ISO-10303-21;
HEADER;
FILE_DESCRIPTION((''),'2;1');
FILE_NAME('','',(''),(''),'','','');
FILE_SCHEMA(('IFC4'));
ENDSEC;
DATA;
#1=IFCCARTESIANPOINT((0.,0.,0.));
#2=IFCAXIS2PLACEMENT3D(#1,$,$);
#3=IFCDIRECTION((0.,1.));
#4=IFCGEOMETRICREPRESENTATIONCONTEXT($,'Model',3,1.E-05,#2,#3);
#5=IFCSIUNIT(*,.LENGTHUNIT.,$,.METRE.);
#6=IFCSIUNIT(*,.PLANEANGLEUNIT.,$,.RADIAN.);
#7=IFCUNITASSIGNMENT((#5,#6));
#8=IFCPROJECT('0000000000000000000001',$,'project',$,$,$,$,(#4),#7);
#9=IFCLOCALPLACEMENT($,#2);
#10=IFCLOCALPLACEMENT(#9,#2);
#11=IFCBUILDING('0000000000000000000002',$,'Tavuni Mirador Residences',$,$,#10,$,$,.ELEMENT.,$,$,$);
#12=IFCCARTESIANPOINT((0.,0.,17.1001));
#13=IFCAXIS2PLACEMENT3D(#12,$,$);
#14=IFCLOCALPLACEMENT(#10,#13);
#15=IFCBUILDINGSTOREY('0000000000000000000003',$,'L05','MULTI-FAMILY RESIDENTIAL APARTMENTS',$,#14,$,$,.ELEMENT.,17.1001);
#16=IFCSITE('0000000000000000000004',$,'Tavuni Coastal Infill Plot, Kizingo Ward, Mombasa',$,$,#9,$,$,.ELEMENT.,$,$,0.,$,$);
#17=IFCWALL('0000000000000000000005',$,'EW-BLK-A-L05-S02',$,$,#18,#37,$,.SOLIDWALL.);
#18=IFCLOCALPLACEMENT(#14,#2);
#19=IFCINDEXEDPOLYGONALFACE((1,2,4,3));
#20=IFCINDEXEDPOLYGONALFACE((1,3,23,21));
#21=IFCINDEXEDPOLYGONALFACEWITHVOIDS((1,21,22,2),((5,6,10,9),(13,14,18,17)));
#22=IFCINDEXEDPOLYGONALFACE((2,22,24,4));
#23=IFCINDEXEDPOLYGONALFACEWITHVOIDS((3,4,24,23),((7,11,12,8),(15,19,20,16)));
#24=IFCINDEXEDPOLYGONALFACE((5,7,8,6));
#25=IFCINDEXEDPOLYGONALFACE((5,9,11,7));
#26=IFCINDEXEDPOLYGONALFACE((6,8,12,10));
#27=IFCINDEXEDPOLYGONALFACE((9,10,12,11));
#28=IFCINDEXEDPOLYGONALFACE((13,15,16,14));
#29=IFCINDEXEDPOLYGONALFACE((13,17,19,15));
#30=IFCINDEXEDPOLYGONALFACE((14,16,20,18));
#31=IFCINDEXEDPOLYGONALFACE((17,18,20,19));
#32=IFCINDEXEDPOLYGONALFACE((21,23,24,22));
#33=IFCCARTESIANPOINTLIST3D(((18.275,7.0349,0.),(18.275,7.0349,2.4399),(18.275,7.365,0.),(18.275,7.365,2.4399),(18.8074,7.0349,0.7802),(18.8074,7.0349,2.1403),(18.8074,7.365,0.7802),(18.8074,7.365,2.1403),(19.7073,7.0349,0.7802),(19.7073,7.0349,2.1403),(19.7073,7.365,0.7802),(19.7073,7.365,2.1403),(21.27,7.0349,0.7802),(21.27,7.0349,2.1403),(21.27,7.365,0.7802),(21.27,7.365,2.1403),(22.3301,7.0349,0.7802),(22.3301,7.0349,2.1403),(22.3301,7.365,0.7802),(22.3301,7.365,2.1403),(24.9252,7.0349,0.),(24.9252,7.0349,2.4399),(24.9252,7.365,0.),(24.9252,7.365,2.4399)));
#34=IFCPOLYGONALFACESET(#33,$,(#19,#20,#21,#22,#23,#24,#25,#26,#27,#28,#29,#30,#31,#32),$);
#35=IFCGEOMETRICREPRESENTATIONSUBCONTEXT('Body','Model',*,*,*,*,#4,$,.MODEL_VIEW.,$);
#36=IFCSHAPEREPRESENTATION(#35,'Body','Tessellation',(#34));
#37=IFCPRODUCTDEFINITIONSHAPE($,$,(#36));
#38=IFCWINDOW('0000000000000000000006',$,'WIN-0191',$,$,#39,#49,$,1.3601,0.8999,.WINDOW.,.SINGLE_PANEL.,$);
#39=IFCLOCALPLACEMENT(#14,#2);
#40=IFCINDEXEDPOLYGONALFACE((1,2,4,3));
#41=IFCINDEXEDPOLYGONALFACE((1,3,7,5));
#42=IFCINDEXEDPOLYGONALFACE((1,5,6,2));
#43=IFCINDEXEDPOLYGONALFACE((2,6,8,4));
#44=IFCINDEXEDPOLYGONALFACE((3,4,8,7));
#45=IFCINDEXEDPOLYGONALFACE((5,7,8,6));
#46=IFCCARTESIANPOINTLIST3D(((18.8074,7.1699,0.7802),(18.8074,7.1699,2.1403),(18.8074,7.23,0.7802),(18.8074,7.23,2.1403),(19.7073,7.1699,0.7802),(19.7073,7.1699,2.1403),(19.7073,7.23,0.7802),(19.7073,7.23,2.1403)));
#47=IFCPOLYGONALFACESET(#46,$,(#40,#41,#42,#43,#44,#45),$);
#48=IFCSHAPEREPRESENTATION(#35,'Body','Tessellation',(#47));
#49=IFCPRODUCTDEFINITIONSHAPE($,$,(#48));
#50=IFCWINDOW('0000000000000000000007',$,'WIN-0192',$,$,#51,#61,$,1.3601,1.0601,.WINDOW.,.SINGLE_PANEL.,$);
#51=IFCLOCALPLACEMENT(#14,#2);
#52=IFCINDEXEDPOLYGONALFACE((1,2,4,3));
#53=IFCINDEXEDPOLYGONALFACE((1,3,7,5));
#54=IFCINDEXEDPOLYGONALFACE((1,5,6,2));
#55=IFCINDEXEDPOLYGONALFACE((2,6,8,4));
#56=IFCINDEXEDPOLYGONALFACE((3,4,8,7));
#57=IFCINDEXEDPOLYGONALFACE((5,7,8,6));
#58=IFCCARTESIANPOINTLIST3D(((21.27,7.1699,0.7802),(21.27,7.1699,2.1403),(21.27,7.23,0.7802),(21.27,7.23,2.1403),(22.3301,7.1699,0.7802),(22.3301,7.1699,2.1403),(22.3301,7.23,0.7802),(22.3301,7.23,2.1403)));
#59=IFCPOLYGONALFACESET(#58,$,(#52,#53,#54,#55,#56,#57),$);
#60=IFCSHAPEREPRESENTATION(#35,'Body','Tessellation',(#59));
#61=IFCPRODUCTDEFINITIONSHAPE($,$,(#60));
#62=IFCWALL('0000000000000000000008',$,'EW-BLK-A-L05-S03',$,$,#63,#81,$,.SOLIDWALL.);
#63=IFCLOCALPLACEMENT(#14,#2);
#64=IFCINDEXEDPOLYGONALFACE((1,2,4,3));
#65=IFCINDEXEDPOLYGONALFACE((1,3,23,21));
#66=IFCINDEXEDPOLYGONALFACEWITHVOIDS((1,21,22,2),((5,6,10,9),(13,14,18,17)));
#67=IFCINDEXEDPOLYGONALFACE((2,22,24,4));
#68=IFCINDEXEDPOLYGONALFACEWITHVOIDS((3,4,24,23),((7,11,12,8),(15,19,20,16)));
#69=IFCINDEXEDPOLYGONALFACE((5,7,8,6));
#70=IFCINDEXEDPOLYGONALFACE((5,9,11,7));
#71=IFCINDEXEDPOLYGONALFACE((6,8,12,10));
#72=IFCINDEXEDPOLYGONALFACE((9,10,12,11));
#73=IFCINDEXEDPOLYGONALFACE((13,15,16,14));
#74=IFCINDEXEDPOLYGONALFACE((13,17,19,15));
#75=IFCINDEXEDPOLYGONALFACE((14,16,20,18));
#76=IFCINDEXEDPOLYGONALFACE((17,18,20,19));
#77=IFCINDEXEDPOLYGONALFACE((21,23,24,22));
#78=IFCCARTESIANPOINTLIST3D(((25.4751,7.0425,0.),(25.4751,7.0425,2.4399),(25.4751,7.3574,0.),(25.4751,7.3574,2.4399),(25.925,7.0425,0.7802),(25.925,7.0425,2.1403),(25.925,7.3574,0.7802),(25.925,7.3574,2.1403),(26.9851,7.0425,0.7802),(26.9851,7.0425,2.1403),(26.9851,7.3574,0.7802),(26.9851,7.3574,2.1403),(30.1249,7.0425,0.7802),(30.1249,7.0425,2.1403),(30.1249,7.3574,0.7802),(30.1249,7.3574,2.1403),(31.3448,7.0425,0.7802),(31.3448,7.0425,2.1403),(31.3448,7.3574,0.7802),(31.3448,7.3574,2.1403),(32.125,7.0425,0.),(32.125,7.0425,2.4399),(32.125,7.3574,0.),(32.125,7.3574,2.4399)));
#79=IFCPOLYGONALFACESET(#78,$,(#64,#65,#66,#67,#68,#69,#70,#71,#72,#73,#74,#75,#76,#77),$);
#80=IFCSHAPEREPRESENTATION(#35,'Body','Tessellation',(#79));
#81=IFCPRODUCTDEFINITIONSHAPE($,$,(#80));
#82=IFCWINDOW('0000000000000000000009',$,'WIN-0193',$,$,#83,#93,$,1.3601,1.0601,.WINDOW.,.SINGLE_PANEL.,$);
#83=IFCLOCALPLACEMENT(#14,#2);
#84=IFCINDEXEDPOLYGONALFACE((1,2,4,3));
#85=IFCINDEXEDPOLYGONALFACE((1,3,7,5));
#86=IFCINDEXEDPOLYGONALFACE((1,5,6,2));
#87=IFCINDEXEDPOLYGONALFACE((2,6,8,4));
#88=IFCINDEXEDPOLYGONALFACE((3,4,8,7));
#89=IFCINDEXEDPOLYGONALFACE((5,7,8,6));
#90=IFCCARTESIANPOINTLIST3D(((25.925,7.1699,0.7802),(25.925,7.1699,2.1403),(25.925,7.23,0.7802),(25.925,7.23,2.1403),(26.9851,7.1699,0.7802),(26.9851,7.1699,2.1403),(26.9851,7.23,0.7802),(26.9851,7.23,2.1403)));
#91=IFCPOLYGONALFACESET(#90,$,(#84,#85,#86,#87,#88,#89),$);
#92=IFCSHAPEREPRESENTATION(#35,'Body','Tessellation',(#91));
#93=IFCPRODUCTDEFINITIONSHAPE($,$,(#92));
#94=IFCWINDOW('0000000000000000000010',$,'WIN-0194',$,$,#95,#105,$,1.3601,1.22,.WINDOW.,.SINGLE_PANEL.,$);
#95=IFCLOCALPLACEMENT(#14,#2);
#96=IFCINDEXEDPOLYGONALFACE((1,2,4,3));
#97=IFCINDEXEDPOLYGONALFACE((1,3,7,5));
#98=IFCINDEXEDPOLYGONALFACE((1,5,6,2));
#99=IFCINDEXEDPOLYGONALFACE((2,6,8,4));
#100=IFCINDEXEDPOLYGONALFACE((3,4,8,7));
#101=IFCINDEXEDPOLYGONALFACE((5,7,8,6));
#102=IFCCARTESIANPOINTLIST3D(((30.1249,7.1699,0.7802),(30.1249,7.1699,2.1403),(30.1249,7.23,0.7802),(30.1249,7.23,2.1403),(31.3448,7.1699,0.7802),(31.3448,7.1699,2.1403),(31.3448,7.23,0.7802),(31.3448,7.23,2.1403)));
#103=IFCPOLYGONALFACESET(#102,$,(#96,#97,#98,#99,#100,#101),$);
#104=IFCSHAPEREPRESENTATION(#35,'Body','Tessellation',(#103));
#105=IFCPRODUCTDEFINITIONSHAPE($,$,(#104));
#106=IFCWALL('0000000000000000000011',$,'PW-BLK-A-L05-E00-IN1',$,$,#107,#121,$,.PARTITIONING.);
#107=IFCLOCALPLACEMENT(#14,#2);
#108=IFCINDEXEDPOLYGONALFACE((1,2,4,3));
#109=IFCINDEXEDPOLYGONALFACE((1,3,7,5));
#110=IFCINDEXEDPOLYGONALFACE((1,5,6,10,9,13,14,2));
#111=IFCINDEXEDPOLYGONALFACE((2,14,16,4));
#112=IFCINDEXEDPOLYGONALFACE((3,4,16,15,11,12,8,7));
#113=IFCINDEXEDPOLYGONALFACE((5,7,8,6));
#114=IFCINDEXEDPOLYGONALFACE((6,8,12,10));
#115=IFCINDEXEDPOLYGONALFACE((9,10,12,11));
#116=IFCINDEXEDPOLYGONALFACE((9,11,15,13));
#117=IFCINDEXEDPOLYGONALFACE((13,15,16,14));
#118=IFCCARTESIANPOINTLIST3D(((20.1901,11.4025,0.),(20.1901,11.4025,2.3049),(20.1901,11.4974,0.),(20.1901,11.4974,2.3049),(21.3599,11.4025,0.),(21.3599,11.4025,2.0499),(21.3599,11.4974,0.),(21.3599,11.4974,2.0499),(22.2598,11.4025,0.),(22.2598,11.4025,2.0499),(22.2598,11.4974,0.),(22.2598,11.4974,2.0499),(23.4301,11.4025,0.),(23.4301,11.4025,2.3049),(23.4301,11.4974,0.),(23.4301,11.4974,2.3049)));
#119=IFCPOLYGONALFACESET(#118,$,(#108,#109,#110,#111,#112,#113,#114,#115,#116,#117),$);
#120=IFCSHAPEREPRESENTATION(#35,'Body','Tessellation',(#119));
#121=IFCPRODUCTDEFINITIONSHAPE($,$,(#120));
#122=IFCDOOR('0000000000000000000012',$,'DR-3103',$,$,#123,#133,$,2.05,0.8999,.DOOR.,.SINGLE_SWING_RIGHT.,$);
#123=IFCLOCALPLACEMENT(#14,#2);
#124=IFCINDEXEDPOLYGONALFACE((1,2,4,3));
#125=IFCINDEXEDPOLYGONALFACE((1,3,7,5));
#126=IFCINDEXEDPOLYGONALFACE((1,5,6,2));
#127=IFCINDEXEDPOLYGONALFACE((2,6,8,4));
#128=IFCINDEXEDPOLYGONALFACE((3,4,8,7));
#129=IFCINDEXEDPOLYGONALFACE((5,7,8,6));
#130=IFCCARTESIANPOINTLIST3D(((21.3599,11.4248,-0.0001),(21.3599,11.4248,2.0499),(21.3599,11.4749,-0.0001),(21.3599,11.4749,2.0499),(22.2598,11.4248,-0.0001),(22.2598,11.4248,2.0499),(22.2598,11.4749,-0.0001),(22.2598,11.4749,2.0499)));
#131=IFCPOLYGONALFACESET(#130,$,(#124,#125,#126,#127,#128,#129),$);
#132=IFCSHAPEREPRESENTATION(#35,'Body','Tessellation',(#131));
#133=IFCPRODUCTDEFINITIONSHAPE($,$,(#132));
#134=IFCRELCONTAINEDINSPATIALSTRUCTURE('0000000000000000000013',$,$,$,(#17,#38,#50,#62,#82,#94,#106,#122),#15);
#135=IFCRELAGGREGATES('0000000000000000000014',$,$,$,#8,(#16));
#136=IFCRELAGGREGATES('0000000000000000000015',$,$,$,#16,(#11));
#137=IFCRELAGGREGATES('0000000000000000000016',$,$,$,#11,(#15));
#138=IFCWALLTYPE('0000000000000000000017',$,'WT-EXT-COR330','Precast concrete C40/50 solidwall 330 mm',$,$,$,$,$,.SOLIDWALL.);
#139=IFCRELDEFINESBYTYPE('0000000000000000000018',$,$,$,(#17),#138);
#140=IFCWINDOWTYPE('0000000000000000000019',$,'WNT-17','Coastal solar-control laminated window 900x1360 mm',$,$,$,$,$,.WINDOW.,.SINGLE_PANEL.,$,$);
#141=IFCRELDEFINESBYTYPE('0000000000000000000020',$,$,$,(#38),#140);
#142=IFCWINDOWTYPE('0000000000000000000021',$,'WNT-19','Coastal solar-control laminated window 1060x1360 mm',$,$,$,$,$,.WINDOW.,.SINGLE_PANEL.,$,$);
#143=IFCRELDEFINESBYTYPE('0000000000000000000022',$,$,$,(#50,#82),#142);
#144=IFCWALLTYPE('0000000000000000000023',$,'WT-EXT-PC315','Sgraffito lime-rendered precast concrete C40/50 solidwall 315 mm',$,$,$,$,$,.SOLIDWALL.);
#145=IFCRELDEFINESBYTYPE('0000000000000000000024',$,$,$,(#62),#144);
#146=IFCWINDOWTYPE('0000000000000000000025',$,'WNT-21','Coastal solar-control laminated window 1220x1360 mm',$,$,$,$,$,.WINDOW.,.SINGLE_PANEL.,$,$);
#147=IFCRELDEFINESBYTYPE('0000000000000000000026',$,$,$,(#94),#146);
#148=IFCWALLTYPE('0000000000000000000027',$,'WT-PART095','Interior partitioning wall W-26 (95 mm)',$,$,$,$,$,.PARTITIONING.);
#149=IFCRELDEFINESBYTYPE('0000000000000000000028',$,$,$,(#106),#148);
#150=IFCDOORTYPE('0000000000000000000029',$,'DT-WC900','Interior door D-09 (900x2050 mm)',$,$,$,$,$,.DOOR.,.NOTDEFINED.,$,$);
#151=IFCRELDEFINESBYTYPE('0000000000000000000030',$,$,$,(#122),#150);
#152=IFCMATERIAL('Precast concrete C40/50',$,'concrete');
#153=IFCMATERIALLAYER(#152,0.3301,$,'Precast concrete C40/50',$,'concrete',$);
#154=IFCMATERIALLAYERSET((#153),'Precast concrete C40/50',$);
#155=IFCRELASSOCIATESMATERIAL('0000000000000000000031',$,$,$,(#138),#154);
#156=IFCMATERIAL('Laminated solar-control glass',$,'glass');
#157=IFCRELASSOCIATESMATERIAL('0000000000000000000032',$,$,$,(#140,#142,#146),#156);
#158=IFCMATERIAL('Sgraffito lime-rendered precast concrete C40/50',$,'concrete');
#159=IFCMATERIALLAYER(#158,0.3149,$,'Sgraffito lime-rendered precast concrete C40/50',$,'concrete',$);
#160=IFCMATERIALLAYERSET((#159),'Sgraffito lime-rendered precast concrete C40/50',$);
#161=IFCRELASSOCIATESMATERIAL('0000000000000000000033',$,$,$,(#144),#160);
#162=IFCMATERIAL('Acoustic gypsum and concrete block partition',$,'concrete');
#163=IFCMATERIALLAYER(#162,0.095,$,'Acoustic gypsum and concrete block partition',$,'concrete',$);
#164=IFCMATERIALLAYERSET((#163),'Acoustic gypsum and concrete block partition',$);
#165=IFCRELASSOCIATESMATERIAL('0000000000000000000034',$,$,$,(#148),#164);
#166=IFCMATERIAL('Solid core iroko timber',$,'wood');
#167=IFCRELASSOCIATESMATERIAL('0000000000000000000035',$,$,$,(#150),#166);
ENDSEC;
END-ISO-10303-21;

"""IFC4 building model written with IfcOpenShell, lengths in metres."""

from ifc_helpers import new_model, si_unit, direction, frame, frame_2d, origin, place, context, subcontext, project, spatial, rectangle, extrude, material, layer, layer_set, type_object, element, fill, save


model = new_model("IFC4")

# Units and contexts
model_context = context("Model", 3, precision=1e-05, world=origin(), true_north=direction((0.0, 1.0)))
body_context = subcontext(model_context, "Body", "Model", "MODEL_VIEW")
ifc_project = project(units=[si_unit("LENGTHUNIT", "METRE"), si_unit("PLANEANGLEUNIT", "RADIAN")], contexts=[model_context])

# Site, building, storey
site_placement = place(None, origin())
site = spatial("IfcSite", under=ifc_project, at=site_placement, Name="Tavuni Coastal Infill Plot, Kizingo Ward, Mombasa", CompositionType="ELEMENT", RefElevation=0.0)
building_placement = place(site_placement, origin())
building = spatial("IfcBuilding", under=site, at=building_placement, Name="Tavuni Mirador Residences", CompositionType="ELEMENT")
storey_placement = place(building_placement, frame((0.0, 0.0, 17.1001)))
storey = spatial("IfcBuildingStorey", under=building, at=storey_placement, Name="L05", Description="MULTI-FAMILY RESIDENTIAL APARTMENTS", CompositionType="ELEMENT", Elevation=17.1001)

# Shared definitions
ifc_material_1 = material(Name="Precast concrete C40/50", Category="concrete")

# Shared definitions
ifc_material_2 = material(Name="Solid core iroko timber", Category="wood")

# Walls, openings, windows
ifc_layer_1 = layer(ifc_material_1, 0.3301, Name="Precast concrete C40/50", Category="concrete")
ifc_layer_set_1 = layer_set([ifc_layer_1], Name="Precast concrete C40/50")
wall_type_1 = type_object("IfcWallType", Name="WT-EXT-COR330", Description="Precast concrete C40/50 solidwall 330 mm", PredefinedType="SOLIDWALL", material=ifc_layer_set_1)
wall_1_placement = place(storey_placement, frame((18.2749, 7.2, 0.0), z_axis=(0.0, 0.0, 1.0), x_axis=(1.0, 0.0, 0.0)))
wall_1 = element("IfcWall", 1, at=wall_1_placement, inside=storey, type_object=wall_type_1, Name="EW-BLK-A-L05-S02", PredefinedType="SOLIDWALL", context=body_context, shape_type="SweptSolid", body=[
    extrude(rectangle(XDim=6.6501, YDim=0.3301, at=frame_2d((3.3252, 0.0))), origin(), (0.0, 0.0, 1.0), 2.4399),
])
opening_1_placement = place(wall_1_placement, frame((0.5325, 0.0, 0.78)))
opening_1 = element("IfcOpeningElement", 2, at=opening_1_placement, cuts=wall_1, PredefinedType="OPENING", context=body_context, shape_type="SweptSolid", body=[
    extrude(rectangle(XDim=0.8999, YDim=1.3601, at=frame_2d((0.45, 0.6802))), frame((0.0, 0.175, 0.0), z_axis=(0.0, -1.0, 0.0), x_axis=(1.0, 0.0, 0.0)), (0.0, 0.0, 1.0), 0.3501),
])
opening_2_placement = place(wall_1_placement, frame((2.9951, 0.0, 0.78)))
opening_2 = element("IfcOpeningElement", 3, at=opening_2_placement, cuts=wall_1, PredefinedType="OPENING", context=body_context, shape_type="SweptSolid", body=[
    extrude(rectangle(XDim=1.0601, YDim=1.3601, at=frame_2d((0.53, 0.6802))), frame((0.0, 0.175, 0.0), z_axis=(0.0, -1.0, 0.0), x_axis=(1.0, 0.0, 0.0)), (0.0, 0.0, 1.0), 0.3501),
])
ifc_material_3 = material(Name="Laminated solar-control glass", Category="glass")
window_type_1 = type_object("IfcWindowType", Name="WNT-17", Description="Coastal solar-control laminated window 900x1360 mm", PartitioningType="SINGLE_PANEL", PredefinedType="WINDOW", material=ifc_material_3)
window_1_placement = place(opening_1_placement, origin())
window_1 = element("IfcWindow", 4, at=window_1_placement, inside=storey, type_object=window_type_1, Name="WIN-0191", OverallHeight=1.3601, OverallWidth=0.8999, PartitioningType="SINGLE_PANEL", PredefinedType="WINDOW", context=body_context, shape_type="SweptSolid", body=[
    extrude(rectangle(XDim=0.8999, YDim=1.3601, at=frame_2d((0.45, 0.6802))), frame((0.0, 0.03, 0.0), z_axis=(0.0, -1.0, 0.0), x_axis=(1.0, 0.0, 0.0)), (0.0, 0.0, 1.0), 0.0601),
])
fill(opening_1, window_1)
window_type_2 = type_object("IfcWindowType", Name="WNT-19", Description="Coastal solar-control laminated window 1060x1360 mm", PartitioningType="SINGLE_PANEL", PredefinedType="WINDOW", material=ifc_material_3)
window_2_placement = place(opening_2_placement, origin())
window_2 = element("IfcWindow", 5, at=window_2_placement, inside=storey, type_object=window_type_2, Name="WIN-0192", OverallHeight=1.3601, OverallWidth=1.0601, PartitioningType="SINGLE_PANEL", PredefinedType="WINDOW", context=body_context, shape_type="SweptSolid", body=[
    extrude(rectangle(XDim=1.0601, YDim=1.3601, at=frame_2d((0.53, 0.6802))), frame((0.0, 0.03, 0.0), z_axis=(0.0, -1.0, 0.0), x_axis=(1.0, 0.0, 0.0)), (0.0, 0.0, 1.0), 0.0601),
])
fill(opening_2, window_2)
ifc_material_4 = material(Name="Sgraffito lime-rendered precast concrete C40/50", Category="concrete")
ifc_layer_2 = layer(ifc_material_4, 0.3149, Name="Sgraffito lime-rendered precast concrete C40/50", Category="concrete")
ifc_layer_set_2 = layer_set([ifc_layer_2], Name="Sgraffito lime-rendered precast concrete C40/50")
wall_type_2 = type_object("IfcWallType", Name="WT-EXT-PC315", Description="Sgraffito lime-rendered precast concrete C40/50 solidwall 315 mm", PredefinedType="SOLIDWALL", material=ifc_layer_set_2)
wall_2_placement = place(storey_placement, frame((25.4751, 7.2, 0.0), z_axis=(0.0, 0.0, 1.0), x_axis=(1.0, 0.0, 0.0)))
wall_2 = element("IfcWall", 6, at=wall_2_placement, inside=storey, type_object=wall_type_2, Name="EW-BLK-A-L05-S03", PredefinedType="SOLIDWALL", context=body_context, shape_type="SweptSolid", body=[
    extrude(rectangle(XDim=6.6499, YDim=0.3149, at=frame_2d((3.325, 0.0))), origin(), (0.0, 0.0, 1.0), 2.4399),
])
opening_3_placement = place(wall_2_placement, frame((0.45, 0.0, 0.78)))
opening_3 = element("IfcOpeningElement", 7, at=opening_3_placement, cuts=wall_2, PredefinedType="OPENING", context=body_context, shape_type="SweptSolid", body=[
    extrude(rectangle(XDim=1.0601, YDim=1.3601, at=frame_2d((0.53, 0.6802))), frame((0.0, 0.1675, 0.0), z_axis=(0.0, -1.0, 0.0), x_axis=(1.0, 0.0, 0.0)), (0.0, 0.0, 1.0), 0.335),
])
opening_4_placement = place(wall_2_placement, frame((4.6499, 0.0, 0.78)))
opening_4 = element("IfcOpeningElement", 8, at=opening_4_placement, cuts=wall_2, PredefinedType="OPENING", context=body_context, shape_type="SweptSolid", body=[
    extrude(rectangle(XDim=1.22, YDim=1.3601, at=frame_2d((0.6099, 0.6802))), frame((0.0, 0.1675, 0.0), z_axis=(0.0, -1.0, 0.0), x_axis=(1.0, 0.0, 0.0)), (0.0, 0.0, 1.0), 0.335),
])
window_3_placement = place(opening_3_placement, origin())
window_3 = element("IfcWindow", 9, at=window_3_placement, inside=storey, type_object=window_type_2, Name="WIN-0193", OverallHeight=1.3601, OverallWidth=1.0601, PartitioningType="SINGLE_PANEL", PredefinedType="WINDOW", context=body_context, shape_type="SweptSolid", body=[
    extrude(rectangle(XDim=1.0601, YDim=1.3601, at=frame_2d((0.53, 0.6802))), frame((0.0, 0.03, 0.0), z_axis=(0.0, -1.0, 0.0), x_axis=(1.0, 0.0, 0.0)), (0.0, 0.0, 1.0), 0.0601),
])
fill(opening_3, window_3)
window_type_3 = type_object("IfcWindowType", Name="WNT-21", Description="Coastal solar-control laminated window 1220x1360 mm", PartitioningType="SINGLE_PANEL", PredefinedType="WINDOW", material=ifc_material_3)
window_4_placement = place(opening_4_placement, origin())
window_4 = element("IfcWindow", 10, at=window_4_placement, inside=storey, type_object=window_type_3, Name="WIN-0194", OverallHeight=1.3601, OverallWidth=1.22, PartitioningType="SINGLE_PANEL", PredefinedType="WINDOW", context=body_context, shape_type="SweptSolid", body=[
    extrude(rectangle(XDim=1.22, YDim=1.3601, at=frame_2d((0.6099, 0.6802))), frame((0.0, 0.03, 0.0), z_axis=(0.0, -1.0, 0.0), x_axis=(1.0, 0.0, 0.0)), (0.0, 0.0, 1.0), 0.0601),
])
fill(opening_4, window_4)

# Wall, opening, door
ifc_material_5 = material(Name="Acoustic gypsum and concrete block partition", Category="concrete")
ifc_layer_3 = layer(ifc_material_5, 0.095, Name="Acoustic gypsum and concrete block partition", Category="concrete")
ifc_layer_set_3 = layer_set([ifc_layer_3], Name="Acoustic gypsum and concrete block partition")
wall_type_3 = type_object("IfcWallType", Name="WT-PART095", Description="Interior partitioning wall W-26 (95 mm)", PredefinedType="PARTITIONING", material=ifc_layer_set_3)
wall_3_placement = place(storey_placement, frame((20.1899, 11.45, 0.0), z_axis=(0.0, 0.0, 1.0), x_axis=(1.0, 0.0, 0.0)))
wall_3 = element("IfcWall", 11, at=wall_3_placement, inside=storey, type_object=wall_type_3, Name="PW-BLK-A-L05-E00-IN1", PredefinedType="PARTITIONING", context=body_context, shape_type="SweptSolid", body=[
    extrude(rectangle(XDim=3.24, YDim=0.095, at=frame_2d((1.6201, 0.0))), origin(), (0.0, 0.0, 1.0), 2.3049),
])
opening_5_placement = place(wall_3_placement, frame((1.1699, 0.0, 0.0)))
opening_5 = element("IfcOpeningElement", 12, at=opening_5_placement, cuts=wall_3, PredefinedType="OPENING", context=body_context, shape_type="SweptSolid", body=[
    extrude(rectangle(XDim=0.8999, YDim=2.05, at=frame_2d((0.45, 1.0249))), frame((0.0, 0.0576, 0.0), z_axis=(0.0, -1.0, 0.0), x_axis=(1.0, 0.0, 0.0)), (0.0, 0.0, 1.0), 0.115),
])
door_type_1 = type_object("IfcDoorType", Name="DT-WC900", Description="Interior door D-09 (900x2050 mm)", OperationType="NOTDEFINED", PredefinedType="DOOR", material=ifc_material_2)
door_1_placement = place(opening_5_placement, origin())
door_1 = element("IfcDoor", 13, at=door_1_placement, inside=storey, type_object=door_type_1, Name="DR-3103", OperationType="SINGLE_SWING_RIGHT", OverallHeight=2.05, OverallWidth=0.8999, PredefinedType="DOOR", context=body_context, shape_type="SweptSolid", body=[
    extrude(rectangle(XDim=0.8999, YDim=2.05, at=frame_2d((0.45, 1.0249))), frame((0.0, 0.0249, 0.0), z_axis=(0.0, -1.0, 0.0), x_axis=(1.0, 0.0, 0.0)), (0.0, 0.0, 1.0), 0.05),
])
fill(opening_5, door_1)

save(model, "model.ifc")
